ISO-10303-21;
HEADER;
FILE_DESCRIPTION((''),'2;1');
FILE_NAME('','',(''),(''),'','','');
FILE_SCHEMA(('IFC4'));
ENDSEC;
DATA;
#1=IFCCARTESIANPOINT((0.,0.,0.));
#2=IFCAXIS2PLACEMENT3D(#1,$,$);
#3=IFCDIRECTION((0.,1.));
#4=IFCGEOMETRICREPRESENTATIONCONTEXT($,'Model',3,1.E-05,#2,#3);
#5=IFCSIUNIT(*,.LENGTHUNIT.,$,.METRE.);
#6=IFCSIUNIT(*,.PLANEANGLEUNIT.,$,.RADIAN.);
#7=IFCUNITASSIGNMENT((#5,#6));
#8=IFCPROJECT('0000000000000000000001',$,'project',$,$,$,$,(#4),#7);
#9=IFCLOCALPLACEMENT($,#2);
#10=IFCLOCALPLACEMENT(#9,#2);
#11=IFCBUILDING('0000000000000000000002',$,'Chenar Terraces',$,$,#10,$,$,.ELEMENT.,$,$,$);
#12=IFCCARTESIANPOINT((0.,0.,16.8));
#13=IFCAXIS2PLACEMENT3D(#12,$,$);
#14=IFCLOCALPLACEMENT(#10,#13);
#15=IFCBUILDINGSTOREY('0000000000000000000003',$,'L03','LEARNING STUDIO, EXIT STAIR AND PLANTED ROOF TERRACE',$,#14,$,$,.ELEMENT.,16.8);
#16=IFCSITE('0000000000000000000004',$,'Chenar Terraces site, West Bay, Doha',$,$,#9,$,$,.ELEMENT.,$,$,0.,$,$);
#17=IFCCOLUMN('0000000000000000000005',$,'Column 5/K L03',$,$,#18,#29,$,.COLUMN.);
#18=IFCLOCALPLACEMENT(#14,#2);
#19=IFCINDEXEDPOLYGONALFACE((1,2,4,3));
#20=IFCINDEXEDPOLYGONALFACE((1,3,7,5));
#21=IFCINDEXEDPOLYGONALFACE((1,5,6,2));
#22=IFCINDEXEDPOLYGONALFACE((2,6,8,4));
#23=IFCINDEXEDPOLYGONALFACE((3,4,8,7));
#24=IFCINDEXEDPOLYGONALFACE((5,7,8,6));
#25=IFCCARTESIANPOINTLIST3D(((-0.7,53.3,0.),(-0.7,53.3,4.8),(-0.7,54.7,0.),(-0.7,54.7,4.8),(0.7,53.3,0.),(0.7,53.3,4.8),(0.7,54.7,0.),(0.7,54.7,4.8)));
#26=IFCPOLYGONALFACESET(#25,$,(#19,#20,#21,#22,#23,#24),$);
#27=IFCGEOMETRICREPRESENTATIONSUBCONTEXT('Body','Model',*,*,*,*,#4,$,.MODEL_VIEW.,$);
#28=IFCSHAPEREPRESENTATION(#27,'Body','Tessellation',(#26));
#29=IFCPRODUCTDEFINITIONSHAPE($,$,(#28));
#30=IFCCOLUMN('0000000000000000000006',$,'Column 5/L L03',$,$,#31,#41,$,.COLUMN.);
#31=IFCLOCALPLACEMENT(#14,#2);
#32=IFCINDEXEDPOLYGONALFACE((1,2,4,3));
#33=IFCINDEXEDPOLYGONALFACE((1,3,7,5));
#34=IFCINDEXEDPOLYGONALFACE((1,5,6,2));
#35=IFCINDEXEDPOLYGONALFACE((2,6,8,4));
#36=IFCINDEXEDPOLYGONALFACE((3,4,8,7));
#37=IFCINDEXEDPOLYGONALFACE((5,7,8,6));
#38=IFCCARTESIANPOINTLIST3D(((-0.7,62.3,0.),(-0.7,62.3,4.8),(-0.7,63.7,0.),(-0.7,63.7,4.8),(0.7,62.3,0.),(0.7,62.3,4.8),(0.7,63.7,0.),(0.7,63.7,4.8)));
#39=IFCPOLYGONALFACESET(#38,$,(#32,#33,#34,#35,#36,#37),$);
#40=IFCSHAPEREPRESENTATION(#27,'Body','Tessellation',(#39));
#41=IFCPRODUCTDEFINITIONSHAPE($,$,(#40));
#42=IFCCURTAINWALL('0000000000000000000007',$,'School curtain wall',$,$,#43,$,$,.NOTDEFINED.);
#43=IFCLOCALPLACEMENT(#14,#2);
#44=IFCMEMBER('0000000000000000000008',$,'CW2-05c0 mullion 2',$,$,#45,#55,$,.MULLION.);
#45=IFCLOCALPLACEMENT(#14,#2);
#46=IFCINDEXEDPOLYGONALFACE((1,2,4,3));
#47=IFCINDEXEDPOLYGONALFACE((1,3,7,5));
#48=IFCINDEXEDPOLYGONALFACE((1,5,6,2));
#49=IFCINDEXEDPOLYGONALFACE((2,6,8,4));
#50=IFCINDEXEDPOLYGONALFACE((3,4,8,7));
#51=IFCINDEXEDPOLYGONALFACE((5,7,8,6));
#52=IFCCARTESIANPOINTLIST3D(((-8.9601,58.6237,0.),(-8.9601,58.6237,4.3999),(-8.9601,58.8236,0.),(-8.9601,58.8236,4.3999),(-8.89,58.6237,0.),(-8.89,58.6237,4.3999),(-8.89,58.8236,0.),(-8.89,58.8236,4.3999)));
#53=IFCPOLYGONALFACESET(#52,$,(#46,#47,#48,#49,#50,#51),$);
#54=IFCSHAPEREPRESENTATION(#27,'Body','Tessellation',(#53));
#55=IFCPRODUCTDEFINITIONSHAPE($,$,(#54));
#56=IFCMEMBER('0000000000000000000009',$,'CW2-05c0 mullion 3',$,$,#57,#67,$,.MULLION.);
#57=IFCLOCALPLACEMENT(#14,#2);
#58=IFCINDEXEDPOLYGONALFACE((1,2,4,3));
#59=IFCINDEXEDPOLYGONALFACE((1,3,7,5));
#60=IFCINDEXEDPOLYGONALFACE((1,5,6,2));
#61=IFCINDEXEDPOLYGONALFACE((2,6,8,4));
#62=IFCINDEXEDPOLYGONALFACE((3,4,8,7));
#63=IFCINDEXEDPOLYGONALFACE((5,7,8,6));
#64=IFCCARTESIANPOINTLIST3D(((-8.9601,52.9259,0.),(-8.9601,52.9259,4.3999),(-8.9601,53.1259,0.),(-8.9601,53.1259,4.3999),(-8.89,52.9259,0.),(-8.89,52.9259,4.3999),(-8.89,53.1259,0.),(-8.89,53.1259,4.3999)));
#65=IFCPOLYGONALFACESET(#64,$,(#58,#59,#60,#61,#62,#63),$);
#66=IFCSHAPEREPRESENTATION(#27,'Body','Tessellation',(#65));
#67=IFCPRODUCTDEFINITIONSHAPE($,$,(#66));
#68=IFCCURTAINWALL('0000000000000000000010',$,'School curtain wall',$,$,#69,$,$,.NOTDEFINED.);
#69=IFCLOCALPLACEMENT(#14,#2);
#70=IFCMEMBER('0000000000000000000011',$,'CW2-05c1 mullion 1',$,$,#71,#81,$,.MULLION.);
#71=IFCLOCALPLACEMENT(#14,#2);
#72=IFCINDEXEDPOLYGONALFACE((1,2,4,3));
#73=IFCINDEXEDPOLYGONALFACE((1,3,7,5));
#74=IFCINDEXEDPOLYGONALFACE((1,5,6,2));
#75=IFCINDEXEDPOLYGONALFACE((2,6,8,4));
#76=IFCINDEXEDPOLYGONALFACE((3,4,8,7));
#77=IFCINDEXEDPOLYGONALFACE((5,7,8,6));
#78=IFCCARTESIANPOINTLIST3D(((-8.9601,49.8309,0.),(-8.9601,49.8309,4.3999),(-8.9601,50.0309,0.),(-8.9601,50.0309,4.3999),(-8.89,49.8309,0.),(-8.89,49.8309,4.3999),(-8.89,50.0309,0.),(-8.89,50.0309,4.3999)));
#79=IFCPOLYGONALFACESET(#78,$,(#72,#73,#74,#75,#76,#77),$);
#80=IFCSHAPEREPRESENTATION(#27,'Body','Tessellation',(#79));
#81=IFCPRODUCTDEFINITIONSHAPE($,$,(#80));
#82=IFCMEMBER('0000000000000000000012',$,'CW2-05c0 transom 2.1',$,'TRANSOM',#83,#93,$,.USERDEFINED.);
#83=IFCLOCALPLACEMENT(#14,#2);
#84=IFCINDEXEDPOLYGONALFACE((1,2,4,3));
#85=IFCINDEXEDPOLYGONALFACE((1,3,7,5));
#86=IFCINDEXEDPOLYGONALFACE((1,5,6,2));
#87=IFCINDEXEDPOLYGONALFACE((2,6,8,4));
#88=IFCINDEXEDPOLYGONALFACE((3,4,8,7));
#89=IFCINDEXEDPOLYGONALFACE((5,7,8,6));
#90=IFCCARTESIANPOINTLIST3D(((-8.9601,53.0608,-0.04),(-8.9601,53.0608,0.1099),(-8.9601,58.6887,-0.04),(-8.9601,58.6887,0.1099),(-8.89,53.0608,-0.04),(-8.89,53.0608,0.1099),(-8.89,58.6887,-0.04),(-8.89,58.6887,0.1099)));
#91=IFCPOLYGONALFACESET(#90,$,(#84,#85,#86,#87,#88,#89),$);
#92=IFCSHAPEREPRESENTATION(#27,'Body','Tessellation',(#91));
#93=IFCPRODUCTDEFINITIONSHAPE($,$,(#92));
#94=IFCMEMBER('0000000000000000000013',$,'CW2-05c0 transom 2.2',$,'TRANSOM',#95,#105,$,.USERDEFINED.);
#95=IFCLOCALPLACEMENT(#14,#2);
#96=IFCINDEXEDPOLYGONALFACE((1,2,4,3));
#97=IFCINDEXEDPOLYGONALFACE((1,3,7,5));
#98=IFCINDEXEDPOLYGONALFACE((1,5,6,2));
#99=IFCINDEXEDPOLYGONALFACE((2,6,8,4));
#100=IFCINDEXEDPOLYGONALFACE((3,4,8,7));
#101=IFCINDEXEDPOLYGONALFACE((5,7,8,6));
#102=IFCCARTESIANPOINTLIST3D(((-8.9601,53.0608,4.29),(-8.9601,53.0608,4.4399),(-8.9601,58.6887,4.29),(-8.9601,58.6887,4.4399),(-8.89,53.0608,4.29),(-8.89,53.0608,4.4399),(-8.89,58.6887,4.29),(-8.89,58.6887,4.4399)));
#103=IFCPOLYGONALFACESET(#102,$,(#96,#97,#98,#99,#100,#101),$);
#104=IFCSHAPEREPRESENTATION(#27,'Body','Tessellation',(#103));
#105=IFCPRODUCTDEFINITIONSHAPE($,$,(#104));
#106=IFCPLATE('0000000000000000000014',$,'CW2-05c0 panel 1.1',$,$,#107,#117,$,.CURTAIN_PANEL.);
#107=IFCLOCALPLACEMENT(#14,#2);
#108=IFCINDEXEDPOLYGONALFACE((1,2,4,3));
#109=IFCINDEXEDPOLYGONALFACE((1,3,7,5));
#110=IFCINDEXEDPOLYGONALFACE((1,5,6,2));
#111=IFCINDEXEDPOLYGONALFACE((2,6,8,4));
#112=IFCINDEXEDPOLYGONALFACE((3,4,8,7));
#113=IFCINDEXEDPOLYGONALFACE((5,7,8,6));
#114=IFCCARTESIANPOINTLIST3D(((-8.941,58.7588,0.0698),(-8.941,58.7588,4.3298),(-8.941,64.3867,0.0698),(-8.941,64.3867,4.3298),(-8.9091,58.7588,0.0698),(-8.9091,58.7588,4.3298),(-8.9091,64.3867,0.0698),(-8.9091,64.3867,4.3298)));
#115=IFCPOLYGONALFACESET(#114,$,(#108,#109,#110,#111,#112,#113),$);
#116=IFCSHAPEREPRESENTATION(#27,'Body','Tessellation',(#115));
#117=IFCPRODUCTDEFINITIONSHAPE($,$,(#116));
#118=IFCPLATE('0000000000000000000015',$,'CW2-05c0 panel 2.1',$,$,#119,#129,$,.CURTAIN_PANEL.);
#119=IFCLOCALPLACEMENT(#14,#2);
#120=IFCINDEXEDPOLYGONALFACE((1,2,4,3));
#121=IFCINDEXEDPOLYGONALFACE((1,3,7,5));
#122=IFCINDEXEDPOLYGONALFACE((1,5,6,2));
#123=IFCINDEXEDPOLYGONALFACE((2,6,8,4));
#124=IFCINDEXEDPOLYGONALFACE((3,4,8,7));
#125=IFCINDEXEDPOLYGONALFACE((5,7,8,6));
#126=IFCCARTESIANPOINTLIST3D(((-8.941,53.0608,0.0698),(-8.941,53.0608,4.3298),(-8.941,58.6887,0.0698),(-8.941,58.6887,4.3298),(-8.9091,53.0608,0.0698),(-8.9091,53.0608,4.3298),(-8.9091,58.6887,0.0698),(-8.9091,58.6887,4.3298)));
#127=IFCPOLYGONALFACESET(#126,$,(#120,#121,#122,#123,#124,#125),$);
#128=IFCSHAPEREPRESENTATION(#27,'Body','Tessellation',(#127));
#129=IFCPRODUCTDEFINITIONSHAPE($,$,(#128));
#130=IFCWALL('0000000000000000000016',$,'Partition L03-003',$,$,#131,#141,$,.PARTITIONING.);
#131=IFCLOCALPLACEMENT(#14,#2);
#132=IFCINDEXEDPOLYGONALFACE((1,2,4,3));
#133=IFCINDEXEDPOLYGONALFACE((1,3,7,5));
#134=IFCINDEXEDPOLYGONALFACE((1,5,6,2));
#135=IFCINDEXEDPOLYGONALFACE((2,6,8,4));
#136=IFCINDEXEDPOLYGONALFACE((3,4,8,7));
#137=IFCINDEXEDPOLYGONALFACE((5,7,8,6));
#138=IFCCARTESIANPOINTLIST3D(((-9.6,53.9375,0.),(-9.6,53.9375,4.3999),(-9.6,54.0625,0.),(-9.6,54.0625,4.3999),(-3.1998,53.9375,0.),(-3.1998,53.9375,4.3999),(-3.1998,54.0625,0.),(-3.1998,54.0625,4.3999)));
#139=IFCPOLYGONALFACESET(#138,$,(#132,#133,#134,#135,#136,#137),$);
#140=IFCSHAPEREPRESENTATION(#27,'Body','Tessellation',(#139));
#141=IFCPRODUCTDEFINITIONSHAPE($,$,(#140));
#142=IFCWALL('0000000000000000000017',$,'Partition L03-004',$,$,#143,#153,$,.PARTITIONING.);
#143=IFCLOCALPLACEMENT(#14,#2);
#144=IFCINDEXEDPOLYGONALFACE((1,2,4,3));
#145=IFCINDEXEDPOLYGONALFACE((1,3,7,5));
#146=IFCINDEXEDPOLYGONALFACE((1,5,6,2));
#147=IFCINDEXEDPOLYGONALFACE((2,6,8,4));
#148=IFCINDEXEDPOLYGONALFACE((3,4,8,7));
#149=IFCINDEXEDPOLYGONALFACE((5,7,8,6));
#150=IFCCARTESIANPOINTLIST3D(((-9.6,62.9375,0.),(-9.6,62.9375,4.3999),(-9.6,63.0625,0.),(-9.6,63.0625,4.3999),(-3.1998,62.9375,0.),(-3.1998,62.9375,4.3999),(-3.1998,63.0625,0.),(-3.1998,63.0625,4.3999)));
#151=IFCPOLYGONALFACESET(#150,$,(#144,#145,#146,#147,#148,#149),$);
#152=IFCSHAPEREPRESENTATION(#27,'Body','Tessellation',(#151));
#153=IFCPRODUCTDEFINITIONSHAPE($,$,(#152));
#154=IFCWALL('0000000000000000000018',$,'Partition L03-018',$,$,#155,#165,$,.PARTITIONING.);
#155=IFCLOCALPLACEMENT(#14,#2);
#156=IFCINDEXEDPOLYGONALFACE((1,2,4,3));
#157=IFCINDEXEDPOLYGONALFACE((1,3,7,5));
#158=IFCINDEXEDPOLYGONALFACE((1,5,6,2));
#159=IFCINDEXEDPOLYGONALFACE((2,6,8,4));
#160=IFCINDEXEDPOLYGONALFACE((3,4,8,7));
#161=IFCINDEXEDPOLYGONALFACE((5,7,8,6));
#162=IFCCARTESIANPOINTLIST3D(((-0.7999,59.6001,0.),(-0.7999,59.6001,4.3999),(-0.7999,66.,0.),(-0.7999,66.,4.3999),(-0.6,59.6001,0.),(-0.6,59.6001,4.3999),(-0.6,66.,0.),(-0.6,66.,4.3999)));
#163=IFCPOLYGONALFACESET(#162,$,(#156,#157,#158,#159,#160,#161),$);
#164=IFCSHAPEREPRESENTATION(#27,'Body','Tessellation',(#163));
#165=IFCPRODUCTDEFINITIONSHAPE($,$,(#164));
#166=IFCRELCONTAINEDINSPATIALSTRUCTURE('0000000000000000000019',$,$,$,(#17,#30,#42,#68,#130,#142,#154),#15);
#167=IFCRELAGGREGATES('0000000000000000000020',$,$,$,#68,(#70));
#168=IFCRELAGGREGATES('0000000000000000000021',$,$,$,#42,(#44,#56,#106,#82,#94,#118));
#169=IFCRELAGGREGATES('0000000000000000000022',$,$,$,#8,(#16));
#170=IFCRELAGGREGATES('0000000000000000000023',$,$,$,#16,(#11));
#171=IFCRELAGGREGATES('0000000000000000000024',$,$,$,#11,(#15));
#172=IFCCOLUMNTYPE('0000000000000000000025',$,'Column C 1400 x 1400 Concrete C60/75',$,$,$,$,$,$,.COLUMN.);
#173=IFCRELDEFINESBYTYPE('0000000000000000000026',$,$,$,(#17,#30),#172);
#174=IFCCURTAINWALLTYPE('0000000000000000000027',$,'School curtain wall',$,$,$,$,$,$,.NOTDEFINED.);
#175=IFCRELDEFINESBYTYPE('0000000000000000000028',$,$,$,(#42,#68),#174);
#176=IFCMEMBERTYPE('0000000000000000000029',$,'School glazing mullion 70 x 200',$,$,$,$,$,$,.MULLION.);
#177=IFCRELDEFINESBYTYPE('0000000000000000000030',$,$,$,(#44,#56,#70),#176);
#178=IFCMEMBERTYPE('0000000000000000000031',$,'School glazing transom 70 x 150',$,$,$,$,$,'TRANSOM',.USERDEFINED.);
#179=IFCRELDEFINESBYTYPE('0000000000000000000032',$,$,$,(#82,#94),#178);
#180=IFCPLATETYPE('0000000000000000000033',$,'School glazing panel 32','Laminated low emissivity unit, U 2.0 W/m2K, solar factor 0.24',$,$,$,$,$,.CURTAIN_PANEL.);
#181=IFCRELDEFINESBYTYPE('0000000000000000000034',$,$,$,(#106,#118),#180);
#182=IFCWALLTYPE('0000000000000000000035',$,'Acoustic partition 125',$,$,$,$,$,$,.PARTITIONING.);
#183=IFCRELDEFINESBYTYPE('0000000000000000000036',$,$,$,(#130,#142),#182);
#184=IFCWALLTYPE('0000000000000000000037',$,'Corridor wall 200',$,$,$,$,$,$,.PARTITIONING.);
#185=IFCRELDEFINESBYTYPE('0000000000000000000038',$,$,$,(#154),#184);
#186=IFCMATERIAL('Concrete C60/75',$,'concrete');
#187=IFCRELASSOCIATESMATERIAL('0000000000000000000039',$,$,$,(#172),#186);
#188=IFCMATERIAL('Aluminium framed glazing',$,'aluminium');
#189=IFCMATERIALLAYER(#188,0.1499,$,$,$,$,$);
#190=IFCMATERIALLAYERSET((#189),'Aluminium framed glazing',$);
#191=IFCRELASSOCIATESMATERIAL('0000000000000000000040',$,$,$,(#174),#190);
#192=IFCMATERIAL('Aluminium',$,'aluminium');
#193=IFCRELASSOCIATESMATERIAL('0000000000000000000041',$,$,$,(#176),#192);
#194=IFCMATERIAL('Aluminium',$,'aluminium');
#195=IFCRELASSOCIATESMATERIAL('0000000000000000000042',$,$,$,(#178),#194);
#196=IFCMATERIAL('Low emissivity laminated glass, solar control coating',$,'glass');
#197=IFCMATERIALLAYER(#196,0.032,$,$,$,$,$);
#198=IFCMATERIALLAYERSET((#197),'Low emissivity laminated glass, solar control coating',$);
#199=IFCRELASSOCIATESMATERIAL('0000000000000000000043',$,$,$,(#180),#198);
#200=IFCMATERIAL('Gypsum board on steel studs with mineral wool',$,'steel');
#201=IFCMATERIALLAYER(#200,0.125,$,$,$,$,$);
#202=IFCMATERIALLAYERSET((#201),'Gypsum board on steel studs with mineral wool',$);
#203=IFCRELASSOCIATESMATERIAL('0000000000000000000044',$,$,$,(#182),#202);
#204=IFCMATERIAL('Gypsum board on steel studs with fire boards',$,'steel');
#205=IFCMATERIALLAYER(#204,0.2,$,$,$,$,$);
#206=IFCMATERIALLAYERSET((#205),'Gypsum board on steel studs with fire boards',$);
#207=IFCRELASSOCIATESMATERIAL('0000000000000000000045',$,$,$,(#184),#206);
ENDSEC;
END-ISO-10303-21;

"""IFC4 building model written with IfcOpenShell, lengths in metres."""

from ifc_helpers import new_model, si_unit, direction, frame, frame_2d, origin, origin_2d, place, context, subcontext, project, spatial, rectangle, extrude, material, layer, layer_set, material_profile, profile_set, type_object, element, aggregate, save


model = new_model("IFC4")

# Units and contexts
model_context = context("Model", 3, precision=1e-05, world=origin(), true_north=direction((0.0, 1.0)))
body_context = subcontext(model_context, "Body", "Model", "MODEL_VIEW")
ifc_project = project(units=[si_unit("LENGTHUNIT", "METRE"), si_unit("PLANEANGLEUNIT", "RADIAN")], contexts=[model_context])

# Site, building, storey
site_placement = place(None, origin())
site = spatial("IfcSite", under=ifc_project, at=site_placement, Name="Chenar Terraces site, West Bay, Doha", CompositionType="ELEMENT", RefElevation=0.0)
building_placement = place(site_placement, origin())
building = spatial("IfcBuilding", under=site, at=building_placement, Name="Chenar Terraces", CompositionType="ELEMENT")
storey_placement = place(building_placement, frame((0.0, 0.0, 16.8)))
storey = spatial("IfcBuildingStorey", under=building, at=storey_placement, Name="L03", Description="LEARNING STUDIO, EXIT STAIR AND PLANTED ROOF TERRACE", CompositionType="ELEMENT", Elevation=16.8)

# Columns
ifc_material_1 = material(Name="Concrete C60/75", Category="concrete")
ifc_material_profile_1 = material_profile(ifc_material_1, rectangle(XDim=1.3999, YDim=1.3999, at=origin_2d()), Name="C 1400 x 1400")
ifc_profile_set_1 = profile_set([ifc_material_profile_1], Name="Concrete C60/75")
column_type = type_object("IfcColumnType", Name="Column C 1400 x 1400 Concrete C60/75", PredefinedType="COLUMN", material=ifc_profile_set_1)
for number, where, z_axis, x_axis, name in (
    (1, (0.0, 54.0, 0.0), (0.0, 0.0, 1.0), (1.0, 0.0, 0.0), "Column 5/K L03"),
    (2, (0.0, 63.0, 0.0), (0.0, 0.0, 1.0), (1.0, 0.0, 0.0), "Column 5/L L03"),
):
    element("IfcColumn", number, at=place(storey_placement, frame(where, z_axis=z_axis, x_axis=x_axis)), inside=storey, type_object=column_type, Name=name, PredefinedType="COLUMN", context=body_context, shape_type="SweptSolid", body=[
        extrude(rectangle(XDim=1.3999, YDim=1.3999, at=origin_2d()), origin(), (0.0, 0.0, 1.0), 4.8),
    ])

# Curtain wall, members
ifc_material_2 = material(Name="Aluminium framed glazing", Category="aluminium")
ifc_layer_1 = layer(ifc_material_2, 0.1499)
ifc_layer_set_1 = layer_set([ifc_layer_1], Name="Aluminium framed glazing")
curtain_wall_type = type_object("IfcCurtainWallType", Name="School curtain wall", PredefinedType="NOTDEFINED", material=ifc_layer_set_1)
placement = place(storey_placement, origin())
curtain_wall_1 = element("IfcCurtainWall", 3, at=placement, inside=storey, type_object=curtain_wall_type, Name="School curtain wall", PredefinedType="NOTDEFINED")
ifc_material_3 = material(Name="Aluminium", Category="aluminium")
ifc_material_profile_2 = material_profile(ifc_material_3, rectangle(XDim=0.0701, YDim=0.2, at=origin_2d()), Name="School glazing mullion 70 x 200")
ifc_profile_set_2 = profile_set([ifc_material_profile_2], Name="Aluminium")
member_type_1 = type_object("IfcMemberType", Name="School glazing mullion 70 x 200", PredefinedType="MULLION", material=ifc_profile_set_2)
member_1_placement = place(storey_placement, frame((-8.925, 58.7236, 0.0), z_axis=(0.0, 0.0, 1.0), x_axis=(1.0, 0.0, 0.0)))
member_1 = element("IfcMember", 4, at=member_1_placement, type_object=member_type_1, Name="CW2-05c0 mullion 2", PredefinedType="MULLION", context=body_context, shape_type="SweptSolid", body=[
    extrude(rectangle(XDim=0.0701, YDim=0.2, at=origin_2d()), origin(), (0.0, 0.0, 1.0), 4.3999),
])
member_2_placement = place(storey_placement, frame((-8.925, 53.0259, 0.0), z_axis=(0.0, 0.0, 1.0), x_axis=(1.0, 0.0, 0.0)))
member_2 = element("IfcMember", 5, at=member_2_placement, type_object=member_type_1, Name="CW2-05c0 mullion 3", PredefinedType="MULLION", context=body_context, shape_type="SweptSolid", body=[
    extrude(rectangle(XDim=0.0701, YDim=0.2, at=origin_2d()), origin(), (0.0, 0.0, 1.0), 4.3999),
])

# Curtain wall, member
curtain_wall_2 = element("IfcCurtainWall", 6, at=placement, inside=storey, type_object=curtain_wall_type, Name="School curtain wall", PredefinedType="NOTDEFINED")
member_3_placement = place(storey_placement, frame((-8.925, 49.9309, 0.0), z_axis=(0.0, 0.0, 1.0), x_axis=(1.0, 0.0, 0.0)))
member_3 = element("IfcMember", 7, at=member_3_placement, type_object=member_type_1, Name="CW2-05c1 mullion 1", PredefinedType="MULLION", context=body_context, shape_type="SweptSolid", body=[
    extrude(rectangle(XDim=0.0701, YDim=0.2, at=origin_2d()), origin(), (0.0, 0.0, 1.0), 4.3999),
])
aggregate(curtain_wall_2, [member_3])

# Members
ifc_material_4 = material(Name="Aluminium", Category="aluminium")
ifc_material_profile_3 = material_profile(ifc_material_4, rectangle(XDim=0.0701, YDim=0.1499, at=origin_2d()), Name="School glazing transom 70 x 150")
ifc_profile_set_3 = profile_set([ifc_material_profile_3], Name="Aluminium")
member_type_2 = type_object("IfcMemberType", Name="School glazing transom 70 x 150", ElementType="TRANSOM", PredefinedType="USERDEFINED", material=ifc_profile_set_3)
member_4_placement = place(storey_placement, frame((-8.925, 58.6887, 0.0349), z_axis=(0.0, -1.0, 0.0), x_axis=(1.0, 0.0, 0.0)))
member_4 = element("IfcMember", 8, at=member_4_placement, type_object=member_type_2, Name="CW2-05c0 transom 2.1", ObjectType="TRANSOM", PredefinedType="USERDEFINED", context=body_context, shape_type="SweptSolid", body=[
    extrude(rectangle(XDim=0.0701, YDim=0.1499, at=origin_2d()), origin(), (0.0, 0.0, 1.0), 5.6279),
])
member_5_placement = place(storey_placement, frame((-8.925, 58.6887, 4.365), z_axis=(0.0, -1.0, 0.0), x_axis=(1.0, 0.0, 0.0)))
member_5 = element("IfcMember", 9, at=member_5_placement, type_object=member_type_2, Name="CW2-05c0 transom 2.2", ObjectType="TRANSOM", PredefinedType="USERDEFINED", context=body_context, shape_type="SweptSolid", body=[
    extrude(rectangle(XDim=0.0701, YDim=0.1499, at=origin_2d()), origin(), (0.0, 0.0, 1.0), 5.6279),
])

# Plates
ifc_material_5 = material(Name="Low emissivity laminated glass, solar control coating", Category="glass")
ifc_layer_2 = layer(ifc_material_5, 0.032)
ifc_layer_set_2 = layer_set([ifc_layer_2], Name="Low emissivity laminated glass, solar control coating")
plate_type = type_object("IfcPlateType", Name="School glazing panel 32", Description="Laminated low emissivity unit, U 2.0 W/m2K, solar factor 0.24", PredefinedType="CURTAIN_PANEL", material=ifc_layer_set_2)
plate_1_placement = place(storey_placement, frame((-8.925, 61.5728, 0.0698), z_axis=(0.0, 0.0, 1.0), x_axis=(0.0, -1.0, 0.0)))
plate_1 = element("IfcPlate", 10, at=plate_1_placement, type_object=plate_type, Name="CW2-05c0 panel 1.1", PredefinedType="CURTAIN_PANEL", context=body_context, shape_type="SweptSolid", body=[
    extrude(rectangle(XDim=5.6279, YDim=0.032, at=origin_2d()), origin(), (0.0, 0.0, 1.0), 4.26),
])
plate_2_placement = place(storey_placement, frame((-8.925, 55.8748, 0.0698), z_axis=(0.0, 0.0, 1.0), x_axis=(0.0, -1.0, 0.0)))
plate_2 = element("IfcPlate", 11, at=plate_2_placement, type_object=plate_type, Name="CW2-05c0 panel 2.1", PredefinedType="CURTAIN_PANEL", context=body_context, shape_type="SweptSolid", body=[
    extrude(rectangle(XDim=5.6279, YDim=0.032, at=origin_2d()), origin(), (0.0, 0.0, 1.0), 4.26),
])
aggregate(curtain_wall_1, [member_1, member_2, plate_1, member_4, member_5, plate_2])

# Walls
ifc_material_6 = material(Name="Gypsum board on steel studs with mineral wool", Category="steel")
ifc_layer_3 = layer(ifc_material_6, 0.125)
ifc_layer_set_3 = layer_set([ifc_layer_3], Name="Gypsum board on steel studs with mineral wool")
wall_type_1 = type_object("IfcWallType", Name="Acoustic partition 125", PredefinedType="PARTITIONING", material=ifc_layer_set_3)
for number, where, z_axis, x_axis, name in (
    (12, (-9.6001, 54.0, 0.0), (0.0, 0.0, 1.0), (1.0, 0.0, 0.0), "Partition L03-003"),
    (13, (-9.6001, 63.0, 0.0), (0.0, 0.0, 1.0), (1.0, 0.0, 0.0), "Partition L03-004"),
):
    element("IfcWall", number, at=place(storey_placement, frame(where, z_axis=z_axis, x_axis=x_axis)), inside=storey, type_object=wall_type_1, Name=name, PredefinedType="PARTITIONING", context=body_context, shape_type="SweptSolid", body=[
        extrude(rectangle(XDim=6.4001, YDim=0.125, at=frame_2d((3.2002, 0.0))), origin(), (0.0, 0.0, 1.0), 4.3999),
    ])
ifc_material_7 = material(Name="Gypsum board on steel studs with fire boards", Category="steel")
ifc_layer_4 = layer(ifc_material_7, 0.2)
ifc_layer_set_4 = layer_set([ifc_layer_4], Name="Gypsum board on steel studs with fire boards")
wall_type_2 = type_object("IfcWallType", Name="Corridor wall 200", PredefinedType="PARTITIONING", material=ifc_layer_set_4)
wall_1_placement = place(storey_placement, frame((-0.7, 59.6001, 0.0), z_axis=(0.0, 0.0, 1.0), x_axis=(0.0, 1.0, 0.0)))
element("IfcWall", 14, at=wall_1_placement, inside=storey, type_object=wall_type_2, Name="Partition L03-018", PredefinedType="PARTITIONING", context=body_context, shape_type="SweptSolid", body=[
    extrude(rectangle(XDim=6.3999, YDim=0.2, at=frame_2d((3.2, 0.0))), origin(), (0.0, 0.0, 1.0), 4.3999),
])

save(model, "model.ifc")
